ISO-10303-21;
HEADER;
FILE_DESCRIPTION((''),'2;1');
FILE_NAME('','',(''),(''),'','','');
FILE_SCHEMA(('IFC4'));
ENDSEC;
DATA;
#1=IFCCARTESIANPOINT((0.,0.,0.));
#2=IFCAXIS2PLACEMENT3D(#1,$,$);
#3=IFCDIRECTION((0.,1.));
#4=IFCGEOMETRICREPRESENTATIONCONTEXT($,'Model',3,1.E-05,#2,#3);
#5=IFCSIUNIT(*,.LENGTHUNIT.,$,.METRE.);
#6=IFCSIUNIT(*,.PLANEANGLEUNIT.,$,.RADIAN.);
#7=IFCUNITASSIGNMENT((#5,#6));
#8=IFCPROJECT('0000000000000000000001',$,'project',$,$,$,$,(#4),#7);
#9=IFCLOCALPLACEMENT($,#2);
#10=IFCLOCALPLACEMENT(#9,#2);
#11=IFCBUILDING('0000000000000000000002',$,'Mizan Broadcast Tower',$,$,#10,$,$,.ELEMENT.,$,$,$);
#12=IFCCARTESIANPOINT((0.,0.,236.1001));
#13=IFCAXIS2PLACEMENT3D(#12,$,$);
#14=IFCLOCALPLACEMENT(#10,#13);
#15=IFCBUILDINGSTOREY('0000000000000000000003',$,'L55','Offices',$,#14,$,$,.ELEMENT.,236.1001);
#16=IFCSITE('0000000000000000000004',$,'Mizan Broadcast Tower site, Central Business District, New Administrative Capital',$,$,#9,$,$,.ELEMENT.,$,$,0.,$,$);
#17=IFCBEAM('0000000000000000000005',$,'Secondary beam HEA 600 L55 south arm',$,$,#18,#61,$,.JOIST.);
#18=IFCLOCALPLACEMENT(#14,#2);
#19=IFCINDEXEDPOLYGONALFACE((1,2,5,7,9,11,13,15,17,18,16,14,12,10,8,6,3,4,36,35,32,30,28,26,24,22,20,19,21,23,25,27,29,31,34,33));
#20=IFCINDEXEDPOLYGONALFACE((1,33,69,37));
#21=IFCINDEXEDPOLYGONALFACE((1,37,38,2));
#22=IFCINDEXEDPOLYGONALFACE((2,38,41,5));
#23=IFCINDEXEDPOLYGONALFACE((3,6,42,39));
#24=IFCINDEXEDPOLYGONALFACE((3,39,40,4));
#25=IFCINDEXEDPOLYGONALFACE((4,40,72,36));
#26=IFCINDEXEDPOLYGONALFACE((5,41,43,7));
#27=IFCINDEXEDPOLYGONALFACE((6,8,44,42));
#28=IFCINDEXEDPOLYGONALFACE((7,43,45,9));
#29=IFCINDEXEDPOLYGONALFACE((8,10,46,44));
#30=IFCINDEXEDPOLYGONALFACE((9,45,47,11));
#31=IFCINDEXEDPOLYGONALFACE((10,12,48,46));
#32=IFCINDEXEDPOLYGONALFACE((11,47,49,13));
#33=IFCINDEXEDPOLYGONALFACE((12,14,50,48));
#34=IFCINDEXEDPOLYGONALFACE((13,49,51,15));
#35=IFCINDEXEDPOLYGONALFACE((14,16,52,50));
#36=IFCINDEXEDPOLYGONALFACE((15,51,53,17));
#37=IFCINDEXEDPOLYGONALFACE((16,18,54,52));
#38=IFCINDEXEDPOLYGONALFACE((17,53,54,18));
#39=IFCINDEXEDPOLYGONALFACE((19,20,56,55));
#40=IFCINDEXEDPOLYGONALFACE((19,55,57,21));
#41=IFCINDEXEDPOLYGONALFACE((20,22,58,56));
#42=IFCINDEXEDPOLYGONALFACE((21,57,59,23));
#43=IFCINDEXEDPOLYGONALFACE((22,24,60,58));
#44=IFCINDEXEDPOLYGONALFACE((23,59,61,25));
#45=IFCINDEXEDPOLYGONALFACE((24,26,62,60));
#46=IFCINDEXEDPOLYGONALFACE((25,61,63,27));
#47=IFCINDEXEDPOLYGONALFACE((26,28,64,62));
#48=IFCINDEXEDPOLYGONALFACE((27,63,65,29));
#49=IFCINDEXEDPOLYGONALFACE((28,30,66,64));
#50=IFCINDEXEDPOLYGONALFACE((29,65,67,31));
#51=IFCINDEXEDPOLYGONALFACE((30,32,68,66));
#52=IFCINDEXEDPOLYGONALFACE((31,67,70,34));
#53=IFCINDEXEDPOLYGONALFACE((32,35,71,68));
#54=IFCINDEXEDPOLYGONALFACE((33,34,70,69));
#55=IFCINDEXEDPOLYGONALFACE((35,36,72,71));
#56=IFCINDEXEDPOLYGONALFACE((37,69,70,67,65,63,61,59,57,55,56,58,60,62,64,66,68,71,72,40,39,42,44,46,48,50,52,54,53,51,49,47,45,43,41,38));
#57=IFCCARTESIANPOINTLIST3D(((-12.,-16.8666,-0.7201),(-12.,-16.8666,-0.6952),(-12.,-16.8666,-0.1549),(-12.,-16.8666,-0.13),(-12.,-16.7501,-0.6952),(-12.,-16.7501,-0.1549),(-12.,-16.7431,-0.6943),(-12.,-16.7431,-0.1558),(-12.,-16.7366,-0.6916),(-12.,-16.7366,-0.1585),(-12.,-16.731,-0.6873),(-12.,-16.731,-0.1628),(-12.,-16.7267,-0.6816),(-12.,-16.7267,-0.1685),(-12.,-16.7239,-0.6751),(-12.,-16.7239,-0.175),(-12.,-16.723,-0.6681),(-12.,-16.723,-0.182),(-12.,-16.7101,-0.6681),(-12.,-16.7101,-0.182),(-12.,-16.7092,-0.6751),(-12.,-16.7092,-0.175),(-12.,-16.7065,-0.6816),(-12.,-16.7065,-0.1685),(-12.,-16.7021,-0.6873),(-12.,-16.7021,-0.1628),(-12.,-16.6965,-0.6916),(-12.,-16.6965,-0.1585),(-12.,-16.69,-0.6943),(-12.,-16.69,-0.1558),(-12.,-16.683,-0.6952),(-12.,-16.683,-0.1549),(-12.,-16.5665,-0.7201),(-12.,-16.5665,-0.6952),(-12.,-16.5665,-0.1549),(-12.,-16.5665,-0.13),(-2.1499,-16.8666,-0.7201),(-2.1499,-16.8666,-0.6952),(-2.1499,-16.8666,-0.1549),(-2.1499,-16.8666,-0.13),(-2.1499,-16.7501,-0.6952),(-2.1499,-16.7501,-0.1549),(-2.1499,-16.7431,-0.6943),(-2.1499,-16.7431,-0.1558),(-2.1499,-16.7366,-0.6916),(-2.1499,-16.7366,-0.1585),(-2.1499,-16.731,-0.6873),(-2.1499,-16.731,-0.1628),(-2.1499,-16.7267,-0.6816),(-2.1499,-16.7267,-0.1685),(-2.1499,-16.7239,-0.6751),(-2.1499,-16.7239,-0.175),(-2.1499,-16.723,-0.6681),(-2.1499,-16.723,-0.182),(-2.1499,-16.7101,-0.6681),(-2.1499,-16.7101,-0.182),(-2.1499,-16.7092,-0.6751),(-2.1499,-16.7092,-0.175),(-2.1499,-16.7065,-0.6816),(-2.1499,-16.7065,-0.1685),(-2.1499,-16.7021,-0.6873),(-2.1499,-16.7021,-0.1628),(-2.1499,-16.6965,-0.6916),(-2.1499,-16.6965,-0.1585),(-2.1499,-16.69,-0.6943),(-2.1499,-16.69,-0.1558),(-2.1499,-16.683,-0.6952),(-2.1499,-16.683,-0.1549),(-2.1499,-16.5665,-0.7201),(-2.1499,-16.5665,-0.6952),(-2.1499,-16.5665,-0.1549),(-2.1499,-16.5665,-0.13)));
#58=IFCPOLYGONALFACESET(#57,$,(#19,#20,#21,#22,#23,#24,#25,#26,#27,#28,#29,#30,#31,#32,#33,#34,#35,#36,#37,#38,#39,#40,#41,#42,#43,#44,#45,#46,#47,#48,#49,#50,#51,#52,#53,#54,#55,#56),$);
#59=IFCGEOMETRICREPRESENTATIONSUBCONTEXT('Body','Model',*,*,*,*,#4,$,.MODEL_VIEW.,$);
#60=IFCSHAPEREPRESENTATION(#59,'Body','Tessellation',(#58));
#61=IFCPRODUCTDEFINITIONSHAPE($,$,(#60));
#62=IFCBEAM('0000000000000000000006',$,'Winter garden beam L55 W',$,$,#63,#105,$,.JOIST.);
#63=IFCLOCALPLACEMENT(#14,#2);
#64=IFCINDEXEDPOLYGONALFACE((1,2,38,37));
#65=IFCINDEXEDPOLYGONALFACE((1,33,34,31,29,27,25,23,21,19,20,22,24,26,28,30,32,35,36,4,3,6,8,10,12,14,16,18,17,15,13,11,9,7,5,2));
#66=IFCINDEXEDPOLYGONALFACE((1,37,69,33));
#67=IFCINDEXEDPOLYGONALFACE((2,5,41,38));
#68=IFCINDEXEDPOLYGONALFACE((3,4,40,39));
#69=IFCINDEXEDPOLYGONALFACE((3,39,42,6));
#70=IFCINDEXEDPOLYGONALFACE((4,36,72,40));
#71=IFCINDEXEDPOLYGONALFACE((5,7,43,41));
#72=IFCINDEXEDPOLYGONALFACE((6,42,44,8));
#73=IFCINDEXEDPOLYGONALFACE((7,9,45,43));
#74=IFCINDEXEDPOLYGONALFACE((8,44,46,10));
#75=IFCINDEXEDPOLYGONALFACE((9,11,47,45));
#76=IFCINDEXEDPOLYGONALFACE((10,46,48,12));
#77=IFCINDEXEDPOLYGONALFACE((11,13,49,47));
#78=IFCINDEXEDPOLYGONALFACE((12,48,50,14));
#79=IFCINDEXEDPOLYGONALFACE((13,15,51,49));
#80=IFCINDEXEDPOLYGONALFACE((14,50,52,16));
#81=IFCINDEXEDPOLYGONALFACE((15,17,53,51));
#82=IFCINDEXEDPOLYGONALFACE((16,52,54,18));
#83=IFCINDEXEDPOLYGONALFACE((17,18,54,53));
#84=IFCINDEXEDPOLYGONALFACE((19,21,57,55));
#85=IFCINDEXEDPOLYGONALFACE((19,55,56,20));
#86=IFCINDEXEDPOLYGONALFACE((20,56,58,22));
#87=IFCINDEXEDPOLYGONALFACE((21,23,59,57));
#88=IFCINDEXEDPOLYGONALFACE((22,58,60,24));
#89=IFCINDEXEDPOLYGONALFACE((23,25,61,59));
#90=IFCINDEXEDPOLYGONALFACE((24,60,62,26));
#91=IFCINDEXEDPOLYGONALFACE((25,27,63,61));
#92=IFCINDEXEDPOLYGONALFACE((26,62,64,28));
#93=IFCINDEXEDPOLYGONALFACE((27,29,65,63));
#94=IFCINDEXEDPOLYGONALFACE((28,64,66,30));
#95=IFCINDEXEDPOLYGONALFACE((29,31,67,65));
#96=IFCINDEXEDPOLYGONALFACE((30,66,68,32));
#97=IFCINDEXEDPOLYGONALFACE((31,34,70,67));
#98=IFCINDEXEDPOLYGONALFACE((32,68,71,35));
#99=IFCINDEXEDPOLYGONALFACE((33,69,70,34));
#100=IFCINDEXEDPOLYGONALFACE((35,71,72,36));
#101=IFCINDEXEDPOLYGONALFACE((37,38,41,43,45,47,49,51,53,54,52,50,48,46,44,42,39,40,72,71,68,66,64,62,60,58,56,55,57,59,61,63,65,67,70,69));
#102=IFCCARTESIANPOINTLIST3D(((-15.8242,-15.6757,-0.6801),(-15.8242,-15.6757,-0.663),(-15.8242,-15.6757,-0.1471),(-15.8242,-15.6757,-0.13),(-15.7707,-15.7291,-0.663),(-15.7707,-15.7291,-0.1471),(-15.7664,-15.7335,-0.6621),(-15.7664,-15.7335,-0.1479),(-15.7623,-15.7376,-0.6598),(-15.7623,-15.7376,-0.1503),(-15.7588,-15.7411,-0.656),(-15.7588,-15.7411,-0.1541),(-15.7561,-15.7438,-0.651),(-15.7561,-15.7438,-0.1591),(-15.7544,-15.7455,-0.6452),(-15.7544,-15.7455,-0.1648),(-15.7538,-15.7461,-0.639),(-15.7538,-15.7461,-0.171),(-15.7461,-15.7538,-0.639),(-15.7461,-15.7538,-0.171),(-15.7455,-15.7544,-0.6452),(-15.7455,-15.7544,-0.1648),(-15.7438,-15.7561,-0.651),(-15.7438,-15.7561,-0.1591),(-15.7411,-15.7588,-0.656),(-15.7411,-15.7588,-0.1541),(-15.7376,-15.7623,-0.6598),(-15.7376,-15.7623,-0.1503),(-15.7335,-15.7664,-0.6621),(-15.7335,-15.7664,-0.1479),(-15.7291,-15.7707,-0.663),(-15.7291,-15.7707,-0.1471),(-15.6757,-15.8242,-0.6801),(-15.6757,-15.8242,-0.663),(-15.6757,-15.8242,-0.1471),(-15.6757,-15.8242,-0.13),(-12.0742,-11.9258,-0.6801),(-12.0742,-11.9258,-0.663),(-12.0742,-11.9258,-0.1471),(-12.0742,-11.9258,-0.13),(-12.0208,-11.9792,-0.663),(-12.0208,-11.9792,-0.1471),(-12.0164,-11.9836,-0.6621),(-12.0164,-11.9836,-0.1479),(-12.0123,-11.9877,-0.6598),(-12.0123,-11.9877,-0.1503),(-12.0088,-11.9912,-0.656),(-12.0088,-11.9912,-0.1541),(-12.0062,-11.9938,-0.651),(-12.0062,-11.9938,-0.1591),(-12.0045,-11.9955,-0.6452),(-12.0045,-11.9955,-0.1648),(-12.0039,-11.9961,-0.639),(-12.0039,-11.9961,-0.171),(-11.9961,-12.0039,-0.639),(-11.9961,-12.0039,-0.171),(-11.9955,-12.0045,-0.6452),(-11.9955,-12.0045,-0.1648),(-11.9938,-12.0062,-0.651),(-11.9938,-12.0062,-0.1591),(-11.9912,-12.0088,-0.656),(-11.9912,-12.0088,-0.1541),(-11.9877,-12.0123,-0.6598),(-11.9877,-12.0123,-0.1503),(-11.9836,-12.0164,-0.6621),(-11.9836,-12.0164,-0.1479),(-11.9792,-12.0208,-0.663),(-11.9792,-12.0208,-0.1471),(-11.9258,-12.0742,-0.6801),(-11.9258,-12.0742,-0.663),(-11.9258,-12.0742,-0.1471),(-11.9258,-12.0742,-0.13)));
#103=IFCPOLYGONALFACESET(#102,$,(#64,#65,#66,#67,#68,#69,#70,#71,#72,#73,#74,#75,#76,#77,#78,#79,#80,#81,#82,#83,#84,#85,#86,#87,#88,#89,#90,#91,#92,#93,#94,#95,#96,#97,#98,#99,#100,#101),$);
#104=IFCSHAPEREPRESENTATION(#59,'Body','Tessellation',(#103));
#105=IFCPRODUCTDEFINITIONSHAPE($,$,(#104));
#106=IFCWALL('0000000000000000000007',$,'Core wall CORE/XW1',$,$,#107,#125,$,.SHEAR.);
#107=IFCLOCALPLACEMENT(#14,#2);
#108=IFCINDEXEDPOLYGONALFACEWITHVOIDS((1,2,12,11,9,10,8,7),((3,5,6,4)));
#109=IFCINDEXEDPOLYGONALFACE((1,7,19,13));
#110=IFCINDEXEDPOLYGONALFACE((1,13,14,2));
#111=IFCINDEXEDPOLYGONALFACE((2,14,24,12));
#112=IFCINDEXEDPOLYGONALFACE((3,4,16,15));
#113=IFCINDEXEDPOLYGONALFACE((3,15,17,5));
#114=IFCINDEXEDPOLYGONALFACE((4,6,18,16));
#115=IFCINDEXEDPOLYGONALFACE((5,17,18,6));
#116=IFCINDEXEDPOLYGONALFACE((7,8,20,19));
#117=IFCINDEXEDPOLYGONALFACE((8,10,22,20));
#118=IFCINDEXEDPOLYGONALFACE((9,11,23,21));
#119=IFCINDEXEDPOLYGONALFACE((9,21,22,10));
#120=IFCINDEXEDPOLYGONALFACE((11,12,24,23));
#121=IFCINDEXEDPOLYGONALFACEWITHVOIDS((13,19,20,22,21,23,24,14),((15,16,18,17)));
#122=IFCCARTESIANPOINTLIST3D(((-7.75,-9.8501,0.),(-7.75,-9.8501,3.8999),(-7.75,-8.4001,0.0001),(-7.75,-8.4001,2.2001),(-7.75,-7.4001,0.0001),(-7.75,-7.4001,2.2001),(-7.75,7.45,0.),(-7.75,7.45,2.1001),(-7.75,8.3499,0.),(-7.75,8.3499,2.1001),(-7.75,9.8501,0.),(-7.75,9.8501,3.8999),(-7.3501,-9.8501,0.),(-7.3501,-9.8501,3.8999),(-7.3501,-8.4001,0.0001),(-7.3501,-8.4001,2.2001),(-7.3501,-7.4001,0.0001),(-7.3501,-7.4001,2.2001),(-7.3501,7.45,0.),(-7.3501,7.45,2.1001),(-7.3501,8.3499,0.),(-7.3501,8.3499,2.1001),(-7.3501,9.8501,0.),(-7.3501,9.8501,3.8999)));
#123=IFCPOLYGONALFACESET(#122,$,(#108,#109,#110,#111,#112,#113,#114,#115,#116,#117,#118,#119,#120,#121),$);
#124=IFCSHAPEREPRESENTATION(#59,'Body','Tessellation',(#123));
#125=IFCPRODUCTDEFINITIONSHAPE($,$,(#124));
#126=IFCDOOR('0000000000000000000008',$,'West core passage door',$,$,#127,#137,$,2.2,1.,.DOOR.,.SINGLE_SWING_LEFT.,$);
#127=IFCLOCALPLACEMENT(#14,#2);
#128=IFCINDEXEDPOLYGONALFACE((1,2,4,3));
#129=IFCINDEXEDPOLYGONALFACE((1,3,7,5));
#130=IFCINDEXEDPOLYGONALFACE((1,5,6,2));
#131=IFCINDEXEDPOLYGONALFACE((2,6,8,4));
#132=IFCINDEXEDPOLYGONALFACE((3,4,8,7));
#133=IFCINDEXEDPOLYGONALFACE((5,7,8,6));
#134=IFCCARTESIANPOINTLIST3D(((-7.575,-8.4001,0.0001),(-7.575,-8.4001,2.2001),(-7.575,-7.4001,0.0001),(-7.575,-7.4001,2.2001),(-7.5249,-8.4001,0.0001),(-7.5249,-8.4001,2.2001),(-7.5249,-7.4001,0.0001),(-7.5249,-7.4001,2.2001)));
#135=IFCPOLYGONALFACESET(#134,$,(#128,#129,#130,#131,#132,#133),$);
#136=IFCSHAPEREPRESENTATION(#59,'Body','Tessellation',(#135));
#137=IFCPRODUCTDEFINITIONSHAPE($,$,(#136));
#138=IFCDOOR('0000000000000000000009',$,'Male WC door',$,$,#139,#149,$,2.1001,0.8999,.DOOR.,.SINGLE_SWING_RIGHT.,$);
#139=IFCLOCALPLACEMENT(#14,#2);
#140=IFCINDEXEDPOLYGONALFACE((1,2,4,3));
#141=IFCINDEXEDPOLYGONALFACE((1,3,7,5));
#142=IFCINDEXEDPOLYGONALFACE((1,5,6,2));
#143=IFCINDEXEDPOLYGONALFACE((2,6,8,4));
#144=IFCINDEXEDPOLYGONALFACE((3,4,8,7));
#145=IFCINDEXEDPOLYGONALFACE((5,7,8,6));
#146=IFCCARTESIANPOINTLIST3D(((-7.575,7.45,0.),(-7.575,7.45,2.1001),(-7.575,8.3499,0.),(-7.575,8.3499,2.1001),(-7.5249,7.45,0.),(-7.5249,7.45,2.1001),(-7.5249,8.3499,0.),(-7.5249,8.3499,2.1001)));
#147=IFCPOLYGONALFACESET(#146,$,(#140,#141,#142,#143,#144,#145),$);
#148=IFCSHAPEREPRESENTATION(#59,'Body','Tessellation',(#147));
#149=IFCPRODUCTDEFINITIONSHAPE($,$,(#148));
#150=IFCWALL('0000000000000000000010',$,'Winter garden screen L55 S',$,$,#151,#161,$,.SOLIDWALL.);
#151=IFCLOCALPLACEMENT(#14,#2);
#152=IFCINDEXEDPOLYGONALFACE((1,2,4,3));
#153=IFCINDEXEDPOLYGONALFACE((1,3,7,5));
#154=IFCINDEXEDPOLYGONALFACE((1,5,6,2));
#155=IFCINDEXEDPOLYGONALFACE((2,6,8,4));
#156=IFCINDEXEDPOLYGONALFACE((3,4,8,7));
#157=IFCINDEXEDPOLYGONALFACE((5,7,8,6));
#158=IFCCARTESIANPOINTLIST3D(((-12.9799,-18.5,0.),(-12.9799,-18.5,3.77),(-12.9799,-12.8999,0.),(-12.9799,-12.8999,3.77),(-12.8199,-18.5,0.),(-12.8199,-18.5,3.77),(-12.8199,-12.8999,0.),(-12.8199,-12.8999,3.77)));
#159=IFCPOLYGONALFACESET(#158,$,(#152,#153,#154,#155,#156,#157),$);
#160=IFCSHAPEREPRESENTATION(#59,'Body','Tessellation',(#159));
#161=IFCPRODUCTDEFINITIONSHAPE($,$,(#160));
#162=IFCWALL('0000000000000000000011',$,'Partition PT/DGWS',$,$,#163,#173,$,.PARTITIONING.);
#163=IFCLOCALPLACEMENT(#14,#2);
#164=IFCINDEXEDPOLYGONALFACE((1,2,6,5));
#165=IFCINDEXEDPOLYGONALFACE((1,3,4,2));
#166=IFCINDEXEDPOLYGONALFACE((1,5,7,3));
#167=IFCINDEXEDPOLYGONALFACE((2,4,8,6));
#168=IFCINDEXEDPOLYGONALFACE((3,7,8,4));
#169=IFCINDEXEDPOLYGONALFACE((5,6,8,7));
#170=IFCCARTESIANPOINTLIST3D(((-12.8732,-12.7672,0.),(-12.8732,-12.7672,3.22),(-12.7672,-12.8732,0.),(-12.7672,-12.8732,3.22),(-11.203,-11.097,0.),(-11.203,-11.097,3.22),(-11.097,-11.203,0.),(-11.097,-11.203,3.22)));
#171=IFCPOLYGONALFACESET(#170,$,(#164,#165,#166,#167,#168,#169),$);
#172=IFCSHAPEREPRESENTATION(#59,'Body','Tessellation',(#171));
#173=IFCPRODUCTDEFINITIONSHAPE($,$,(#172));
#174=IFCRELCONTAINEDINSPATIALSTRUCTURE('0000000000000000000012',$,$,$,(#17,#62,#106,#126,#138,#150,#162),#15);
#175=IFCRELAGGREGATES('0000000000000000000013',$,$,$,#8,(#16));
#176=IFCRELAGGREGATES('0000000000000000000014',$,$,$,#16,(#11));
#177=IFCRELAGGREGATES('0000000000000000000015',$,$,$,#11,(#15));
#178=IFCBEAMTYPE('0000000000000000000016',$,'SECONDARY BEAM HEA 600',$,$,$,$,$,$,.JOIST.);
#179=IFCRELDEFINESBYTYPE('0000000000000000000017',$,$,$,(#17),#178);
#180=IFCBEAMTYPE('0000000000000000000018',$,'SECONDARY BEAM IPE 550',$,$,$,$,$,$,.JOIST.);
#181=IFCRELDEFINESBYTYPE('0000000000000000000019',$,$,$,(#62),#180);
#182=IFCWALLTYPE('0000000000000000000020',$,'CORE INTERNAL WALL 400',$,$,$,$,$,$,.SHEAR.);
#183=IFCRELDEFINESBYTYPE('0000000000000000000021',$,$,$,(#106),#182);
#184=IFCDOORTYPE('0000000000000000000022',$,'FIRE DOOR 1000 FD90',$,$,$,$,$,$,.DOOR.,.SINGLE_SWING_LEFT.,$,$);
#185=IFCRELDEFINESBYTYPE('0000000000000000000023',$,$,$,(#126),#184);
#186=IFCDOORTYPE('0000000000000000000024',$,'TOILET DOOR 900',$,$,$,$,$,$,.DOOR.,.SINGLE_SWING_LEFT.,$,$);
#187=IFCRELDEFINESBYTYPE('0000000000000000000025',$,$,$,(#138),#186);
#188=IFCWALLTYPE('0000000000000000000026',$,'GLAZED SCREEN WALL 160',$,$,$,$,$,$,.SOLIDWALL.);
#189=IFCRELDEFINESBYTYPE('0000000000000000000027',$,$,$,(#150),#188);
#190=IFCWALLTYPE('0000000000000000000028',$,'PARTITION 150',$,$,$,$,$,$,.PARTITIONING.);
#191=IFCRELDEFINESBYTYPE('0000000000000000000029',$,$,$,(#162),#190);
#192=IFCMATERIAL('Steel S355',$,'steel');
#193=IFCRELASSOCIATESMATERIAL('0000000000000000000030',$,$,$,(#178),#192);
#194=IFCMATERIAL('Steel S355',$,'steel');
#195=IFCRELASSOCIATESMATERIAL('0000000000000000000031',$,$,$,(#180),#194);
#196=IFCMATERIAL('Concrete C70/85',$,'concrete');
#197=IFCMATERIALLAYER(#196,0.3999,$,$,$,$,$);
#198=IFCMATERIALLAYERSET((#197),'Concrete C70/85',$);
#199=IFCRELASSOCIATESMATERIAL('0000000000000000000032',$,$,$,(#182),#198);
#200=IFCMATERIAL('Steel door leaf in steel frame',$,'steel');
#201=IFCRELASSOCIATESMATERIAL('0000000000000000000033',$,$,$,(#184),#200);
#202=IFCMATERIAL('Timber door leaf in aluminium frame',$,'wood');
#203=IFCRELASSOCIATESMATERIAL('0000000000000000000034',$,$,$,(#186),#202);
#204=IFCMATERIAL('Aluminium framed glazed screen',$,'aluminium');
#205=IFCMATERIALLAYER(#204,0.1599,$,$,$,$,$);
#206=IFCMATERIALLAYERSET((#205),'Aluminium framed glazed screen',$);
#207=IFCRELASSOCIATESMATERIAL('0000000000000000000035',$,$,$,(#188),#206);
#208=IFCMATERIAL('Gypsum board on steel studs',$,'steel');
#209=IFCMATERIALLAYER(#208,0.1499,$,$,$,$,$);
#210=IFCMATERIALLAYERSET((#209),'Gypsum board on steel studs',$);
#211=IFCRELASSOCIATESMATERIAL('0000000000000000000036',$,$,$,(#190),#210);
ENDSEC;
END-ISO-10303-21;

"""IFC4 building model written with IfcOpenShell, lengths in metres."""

from ifc_helpers import new_model, si_unit, direction, frame, frame_2d, origin, origin_2d, place, context, subcontext, project, spatial, rectangle, i_section, extrude, material, layer, layer_set, material_profile, profile_set, type_object, element, fill, save


model = new_model("IFC4")

# Units and contexts
model_context = context("Model", 3, precision=1e-05, world=origin(), true_north=direction((0.0, 1.0)))
body_context = subcontext(model_context, "Body", "Model", "MODEL_VIEW")
ifc_project = project(units=[si_unit("LENGTHUNIT", "METRE"), si_unit("PLANEANGLEUNIT", "RADIAN")], contexts=[model_context])

# Site, building, storey
site_placement = place(None, origin())
site = spatial("IfcSite", under=ifc_project, at=site_placement, Name="Mizan Broadcast Tower site, Central Business District, New Administrative Capital", CompositionType="ELEMENT", RefElevation=0.0)
building_placement = place(site_placement, origin())
building = spatial("IfcBuilding", under=site, at=building_placement, Name="Mizan Broadcast Tower", CompositionType="ELEMENT")
storey_placement = place(building_placement, frame((0.0, 0.0, 236.1001)))
storey = spatial("IfcBuildingStorey", under=building, at=storey_placement, Name="L55", Description="Offices", CompositionType="ELEMENT", Elevation=236.1001)

# Beams
ifc_material_1 = material(Name="Steel S355", Category="steel")
ifc_material_profile_1 = material_profile(ifc_material_1, i_section(OverallWidth=0.3, OverallDepth=0.5901, WebThickness=0.0129, FlangeThickness=0.0249, FilletRadius=0.0271, at=origin_2d()), Name="HEA 600")
ifc_profile_set_1 = profile_set([ifc_material_profile_1], Name="Steel S355")
beam_type_1 = type_object("IfcBeamType", Name="SECONDARY BEAM HEA 600", PredefinedType="JOIST", material=ifc_profile_set_1)
for number, where, z_axis, x_axis, name in (
    (1, (-12.0, -16.7166, -0.425), (1.0, 0.0, 0.0), (0.0, 1.0, 0.0), "Secondary beam HEA 600 L55 south arm"),
):
    element("IfcBeam", number, at=place(storey_placement, frame(where, z_axis=z_axis, x_axis=x_axis)), inside=storey, type_object=beam_type_1, Name=name, PredefinedType="JOIST", context=body_context, shape_type="SweptSolid", body=[
        extrude(i_section(OverallWidth=0.3, OverallDepth=0.5901, WebThickness=0.0129, FlangeThickness=0.0249, FilletRadius=0.0271, at=origin_2d()), origin(), (0.0, 0.0, 1.0), 9.8501),
    ])
ifc_material_2 = material(Name="Steel S355", Category="steel")
ifc_material_profile_2 = material_profile(ifc_material_2, i_section(OverallWidth=0.21, OverallDepth=0.55, WebThickness=0.011, FlangeThickness=0.0171, FilletRadius=0.0239, at=origin_2d()), Name="IPE 550")
ifc_profile_set_2 = profile_set([ifc_material_profile_2], Name="Steel S355")
beam_type_2 = type_object("IfcBeamType", Name="SECONDARY BEAM IPE 550", PredefinedType="JOIST", material=ifc_profile_set_2)
beam_1_placement = place(storey_placement, frame((-12.0, -12.0, -0.405), z_axis=(-0.707107, -0.707107, 0.0), x_axis=(0.707107, -0.707107, 0.0)))
element("IfcBeam", 2, at=beam_1_placement, inside=storey, type_object=beam_type_2, Name="Winter garden beam L55 W", PredefinedType="JOIST", context=body_context, shape_type="SweptSolid", body=[
    extrude(i_section(OverallWidth=0.21, OverallDepth=0.55, WebThickness=0.011, FlangeThickness=0.0171, FilletRadius=0.0239, at=origin_2d()), origin(), (0.0, 0.0, 1.0), 5.3032),
])

# Wall, openings, doors
ifc_material_3 = material(Name="Concrete C70/85", Category="concrete")
ifc_layer_1 = layer(ifc_material_3, 0.3999)
ifc_layer_set_1 = layer_set([ifc_layer_1], Name="Concrete C70/85")
wall_type_1 = type_object("IfcWallType", Name="CORE INTERNAL WALL 400", PredefinedType="SHEAR", material=ifc_layer_set_1)
wall_1_placement = place(storey_placement, frame((-7.55, -9.8501, 0.0), z_axis=(0.0, 0.0, 1.0), x_axis=(0.0, 1.0, 0.0)))
wall_1 = element("IfcWall", 3, at=wall_1_placement, inside=storey, type_object=wall_type_1, Name="Core wall CORE/XW1", PredefinedType="SHEAR", context=body_context, shape_type="SweptSolid", body=[
    extrude(rectangle(XDim=19.7002, YDim=0.3999, at=frame_2d((9.8501, 0.0))), origin(), (0.0, 0.0, 1.0), 3.8999),
])
opening_1_placement = place(wall_1_placement, frame((1.45, 0.0, 0.0)))
opening_1 = element("IfcOpeningElement", 4, at=opening_1_placement, cuts=wall_1, PredefinedType="OPENING", context=body_context, shape_type="SweptSolid", body=[
    extrude(rectangle(XDim=1.0, YDim=2.2, at=frame_2d((0.5, 1.1001))), frame((0.0, 0.21, 0.0), z_axis=(0.0, -1.0, 0.0), x_axis=(1.0, 0.0, 0.0)), (0.0, 0.0, 1.0), 0.4199),
])
opening_2_placement = place(wall_1_placement, frame((17.3, 0.0, 0.0)))
opening_2 = element("IfcOpeningElement", 5, at=opening_2_placement, cuts=wall_1, PredefinedType="OPENING", context=body_context, shape_type="SweptSolid", body=[
    extrude(rectangle(XDim=0.8999, YDim=2.1001, at=frame_2d((0.45, 1.05))), frame((0.0, 0.21, 0.0), z_axis=(0.0, -1.0, 0.0), x_axis=(1.0, 0.0, 0.0)), (0.0, 0.0, 1.0), 0.4199),
])
ifc_material_4 = material(Name="Steel door leaf in steel frame", Category="steel")
door_type_1 = type_object("IfcDoorType", Name="FIRE DOOR 1000 FD90", OperationType="SINGLE_SWING_LEFT", PredefinedType="DOOR", material=ifc_material_4)
door_1_placement = place(opening_1_placement, origin())
door_1 = element("IfcDoor", 6, at=door_1_placement, inside=storey, type_object=door_type_1, Name="West core passage door", OperationType="SINGLE_SWING_LEFT", OverallHeight=2.2, OverallWidth=1.0, PredefinedType="DOOR", context=body_context, shape_type="SweptSolid", body=[
    extrude(rectangle(XDim=1.0, YDim=2.2, at=frame_2d((0.5, 1.1001))), frame((0.0, 0.0249, 0.0), z_axis=(0.0, -1.0, 0.0), x_axis=(1.0, 0.0, 0.0)), (0.0, 0.0, 1.0), 0.05),
])
fill(opening_1, door_1)
ifc_material_5 = material(Name="Timber door leaf in aluminium frame", Category="wood")
door_type_2 = type_object("IfcDoorType", Name="TOILET DOOR 900", OperationType="SINGLE_SWING_LEFT", PredefinedType="DOOR", material=ifc_material_5)
door_2_placement = place(opening_2_placement, origin())
door_2 = element("IfcDoor", 7, at=door_2_placement, inside=storey, type_object=door_type_2, Name="Male WC door", OperationType="SINGLE_SWING_RIGHT", OverallHeight=2.1001, OverallWidth=0.8999, PredefinedType="DOOR", context=body_context, shape_type="SweptSolid", body=[
    extrude(rectangle(XDim=0.8999, YDim=2.1001, at=frame_2d((0.45, 1.05))), frame((0.0, 0.0249, 0.0), z_axis=(0.0, -1.0, 0.0), x_axis=(1.0, 0.0, 0.0)), (0.0, 0.0, 1.0), 0.05),
])
fill(opening_2, door_2)

# Walls
ifc_material_6 = material(Name="Aluminium framed glazed screen", Category="aluminium")
ifc_layer_2 = layer(ifc_material_6, 0.1599)
ifc_layer_set_2 = layer_set([ifc_layer_2], Name="Aluminium framed glazed screen")
wall_type_2 = type_object("IfcWallType", Name="GLAZED SCREEN WALL 160", PredefinedType="SOLIDWALL", material=ifc_layer_set_2)
wall_2_placement = place(storey_placement, frame((-12.8999, -12.8999, 0.0), z_axis=(0.0, 0.0, 1.0), x_axis=(0.0, -1.0, 0.0)))
element("IfcWall", 8, at=wall_2_placement, inside=storey, type_object=wall_type_2, Name="Winter garden screen L55 S", PredefinedType="SOLIDWALL", context=body_context, shape_type="SweptSolid", body=[
    extrude(rectangle(XDim=5.6001, YDim=0.1599, at=frame_2d((2.8, 0.0))), origin(), (0.0, 0.0, 1.0), 3.77),
])
ifc_material_7 = material(Name="Gypsum board on steel studs", Category="steel")
ifc_layer_3 = layer(ifc_material_7, 0.1499)
ifc_layer_set_3 = layer_set([ifc_layer_3], Name="Gypsum board on steel studs")
wall_type_3 = type_object("IfcWallType", Name="PARTITION 150", PredefinedType="PARTITIONING", material=ifc_layer_set_3)
wall_3_placement = place(storey_placement, frame((-11.1499, -11.1499, 0.0), z_axis=(0.0, 0.0, 1.0), x_axis=(-0.707107, -0.707107, 0.0)))
element("IfcWall", 9, at=wall_3_placement, inside=storey, type_object=wall_type_3, Name="Partition PT/DGWS", PredefinedType="PARTITIONING", context=body_context, shape_type="SweptSolid", body=[
    extrude(rectangle(XDim=2.3621, YDim=0.1499, at=frame_2d((1.1812, 0.0))), origin(), (0.0, 0.0, 1.0), 3.22),
])

save(model, "model.ifc")
